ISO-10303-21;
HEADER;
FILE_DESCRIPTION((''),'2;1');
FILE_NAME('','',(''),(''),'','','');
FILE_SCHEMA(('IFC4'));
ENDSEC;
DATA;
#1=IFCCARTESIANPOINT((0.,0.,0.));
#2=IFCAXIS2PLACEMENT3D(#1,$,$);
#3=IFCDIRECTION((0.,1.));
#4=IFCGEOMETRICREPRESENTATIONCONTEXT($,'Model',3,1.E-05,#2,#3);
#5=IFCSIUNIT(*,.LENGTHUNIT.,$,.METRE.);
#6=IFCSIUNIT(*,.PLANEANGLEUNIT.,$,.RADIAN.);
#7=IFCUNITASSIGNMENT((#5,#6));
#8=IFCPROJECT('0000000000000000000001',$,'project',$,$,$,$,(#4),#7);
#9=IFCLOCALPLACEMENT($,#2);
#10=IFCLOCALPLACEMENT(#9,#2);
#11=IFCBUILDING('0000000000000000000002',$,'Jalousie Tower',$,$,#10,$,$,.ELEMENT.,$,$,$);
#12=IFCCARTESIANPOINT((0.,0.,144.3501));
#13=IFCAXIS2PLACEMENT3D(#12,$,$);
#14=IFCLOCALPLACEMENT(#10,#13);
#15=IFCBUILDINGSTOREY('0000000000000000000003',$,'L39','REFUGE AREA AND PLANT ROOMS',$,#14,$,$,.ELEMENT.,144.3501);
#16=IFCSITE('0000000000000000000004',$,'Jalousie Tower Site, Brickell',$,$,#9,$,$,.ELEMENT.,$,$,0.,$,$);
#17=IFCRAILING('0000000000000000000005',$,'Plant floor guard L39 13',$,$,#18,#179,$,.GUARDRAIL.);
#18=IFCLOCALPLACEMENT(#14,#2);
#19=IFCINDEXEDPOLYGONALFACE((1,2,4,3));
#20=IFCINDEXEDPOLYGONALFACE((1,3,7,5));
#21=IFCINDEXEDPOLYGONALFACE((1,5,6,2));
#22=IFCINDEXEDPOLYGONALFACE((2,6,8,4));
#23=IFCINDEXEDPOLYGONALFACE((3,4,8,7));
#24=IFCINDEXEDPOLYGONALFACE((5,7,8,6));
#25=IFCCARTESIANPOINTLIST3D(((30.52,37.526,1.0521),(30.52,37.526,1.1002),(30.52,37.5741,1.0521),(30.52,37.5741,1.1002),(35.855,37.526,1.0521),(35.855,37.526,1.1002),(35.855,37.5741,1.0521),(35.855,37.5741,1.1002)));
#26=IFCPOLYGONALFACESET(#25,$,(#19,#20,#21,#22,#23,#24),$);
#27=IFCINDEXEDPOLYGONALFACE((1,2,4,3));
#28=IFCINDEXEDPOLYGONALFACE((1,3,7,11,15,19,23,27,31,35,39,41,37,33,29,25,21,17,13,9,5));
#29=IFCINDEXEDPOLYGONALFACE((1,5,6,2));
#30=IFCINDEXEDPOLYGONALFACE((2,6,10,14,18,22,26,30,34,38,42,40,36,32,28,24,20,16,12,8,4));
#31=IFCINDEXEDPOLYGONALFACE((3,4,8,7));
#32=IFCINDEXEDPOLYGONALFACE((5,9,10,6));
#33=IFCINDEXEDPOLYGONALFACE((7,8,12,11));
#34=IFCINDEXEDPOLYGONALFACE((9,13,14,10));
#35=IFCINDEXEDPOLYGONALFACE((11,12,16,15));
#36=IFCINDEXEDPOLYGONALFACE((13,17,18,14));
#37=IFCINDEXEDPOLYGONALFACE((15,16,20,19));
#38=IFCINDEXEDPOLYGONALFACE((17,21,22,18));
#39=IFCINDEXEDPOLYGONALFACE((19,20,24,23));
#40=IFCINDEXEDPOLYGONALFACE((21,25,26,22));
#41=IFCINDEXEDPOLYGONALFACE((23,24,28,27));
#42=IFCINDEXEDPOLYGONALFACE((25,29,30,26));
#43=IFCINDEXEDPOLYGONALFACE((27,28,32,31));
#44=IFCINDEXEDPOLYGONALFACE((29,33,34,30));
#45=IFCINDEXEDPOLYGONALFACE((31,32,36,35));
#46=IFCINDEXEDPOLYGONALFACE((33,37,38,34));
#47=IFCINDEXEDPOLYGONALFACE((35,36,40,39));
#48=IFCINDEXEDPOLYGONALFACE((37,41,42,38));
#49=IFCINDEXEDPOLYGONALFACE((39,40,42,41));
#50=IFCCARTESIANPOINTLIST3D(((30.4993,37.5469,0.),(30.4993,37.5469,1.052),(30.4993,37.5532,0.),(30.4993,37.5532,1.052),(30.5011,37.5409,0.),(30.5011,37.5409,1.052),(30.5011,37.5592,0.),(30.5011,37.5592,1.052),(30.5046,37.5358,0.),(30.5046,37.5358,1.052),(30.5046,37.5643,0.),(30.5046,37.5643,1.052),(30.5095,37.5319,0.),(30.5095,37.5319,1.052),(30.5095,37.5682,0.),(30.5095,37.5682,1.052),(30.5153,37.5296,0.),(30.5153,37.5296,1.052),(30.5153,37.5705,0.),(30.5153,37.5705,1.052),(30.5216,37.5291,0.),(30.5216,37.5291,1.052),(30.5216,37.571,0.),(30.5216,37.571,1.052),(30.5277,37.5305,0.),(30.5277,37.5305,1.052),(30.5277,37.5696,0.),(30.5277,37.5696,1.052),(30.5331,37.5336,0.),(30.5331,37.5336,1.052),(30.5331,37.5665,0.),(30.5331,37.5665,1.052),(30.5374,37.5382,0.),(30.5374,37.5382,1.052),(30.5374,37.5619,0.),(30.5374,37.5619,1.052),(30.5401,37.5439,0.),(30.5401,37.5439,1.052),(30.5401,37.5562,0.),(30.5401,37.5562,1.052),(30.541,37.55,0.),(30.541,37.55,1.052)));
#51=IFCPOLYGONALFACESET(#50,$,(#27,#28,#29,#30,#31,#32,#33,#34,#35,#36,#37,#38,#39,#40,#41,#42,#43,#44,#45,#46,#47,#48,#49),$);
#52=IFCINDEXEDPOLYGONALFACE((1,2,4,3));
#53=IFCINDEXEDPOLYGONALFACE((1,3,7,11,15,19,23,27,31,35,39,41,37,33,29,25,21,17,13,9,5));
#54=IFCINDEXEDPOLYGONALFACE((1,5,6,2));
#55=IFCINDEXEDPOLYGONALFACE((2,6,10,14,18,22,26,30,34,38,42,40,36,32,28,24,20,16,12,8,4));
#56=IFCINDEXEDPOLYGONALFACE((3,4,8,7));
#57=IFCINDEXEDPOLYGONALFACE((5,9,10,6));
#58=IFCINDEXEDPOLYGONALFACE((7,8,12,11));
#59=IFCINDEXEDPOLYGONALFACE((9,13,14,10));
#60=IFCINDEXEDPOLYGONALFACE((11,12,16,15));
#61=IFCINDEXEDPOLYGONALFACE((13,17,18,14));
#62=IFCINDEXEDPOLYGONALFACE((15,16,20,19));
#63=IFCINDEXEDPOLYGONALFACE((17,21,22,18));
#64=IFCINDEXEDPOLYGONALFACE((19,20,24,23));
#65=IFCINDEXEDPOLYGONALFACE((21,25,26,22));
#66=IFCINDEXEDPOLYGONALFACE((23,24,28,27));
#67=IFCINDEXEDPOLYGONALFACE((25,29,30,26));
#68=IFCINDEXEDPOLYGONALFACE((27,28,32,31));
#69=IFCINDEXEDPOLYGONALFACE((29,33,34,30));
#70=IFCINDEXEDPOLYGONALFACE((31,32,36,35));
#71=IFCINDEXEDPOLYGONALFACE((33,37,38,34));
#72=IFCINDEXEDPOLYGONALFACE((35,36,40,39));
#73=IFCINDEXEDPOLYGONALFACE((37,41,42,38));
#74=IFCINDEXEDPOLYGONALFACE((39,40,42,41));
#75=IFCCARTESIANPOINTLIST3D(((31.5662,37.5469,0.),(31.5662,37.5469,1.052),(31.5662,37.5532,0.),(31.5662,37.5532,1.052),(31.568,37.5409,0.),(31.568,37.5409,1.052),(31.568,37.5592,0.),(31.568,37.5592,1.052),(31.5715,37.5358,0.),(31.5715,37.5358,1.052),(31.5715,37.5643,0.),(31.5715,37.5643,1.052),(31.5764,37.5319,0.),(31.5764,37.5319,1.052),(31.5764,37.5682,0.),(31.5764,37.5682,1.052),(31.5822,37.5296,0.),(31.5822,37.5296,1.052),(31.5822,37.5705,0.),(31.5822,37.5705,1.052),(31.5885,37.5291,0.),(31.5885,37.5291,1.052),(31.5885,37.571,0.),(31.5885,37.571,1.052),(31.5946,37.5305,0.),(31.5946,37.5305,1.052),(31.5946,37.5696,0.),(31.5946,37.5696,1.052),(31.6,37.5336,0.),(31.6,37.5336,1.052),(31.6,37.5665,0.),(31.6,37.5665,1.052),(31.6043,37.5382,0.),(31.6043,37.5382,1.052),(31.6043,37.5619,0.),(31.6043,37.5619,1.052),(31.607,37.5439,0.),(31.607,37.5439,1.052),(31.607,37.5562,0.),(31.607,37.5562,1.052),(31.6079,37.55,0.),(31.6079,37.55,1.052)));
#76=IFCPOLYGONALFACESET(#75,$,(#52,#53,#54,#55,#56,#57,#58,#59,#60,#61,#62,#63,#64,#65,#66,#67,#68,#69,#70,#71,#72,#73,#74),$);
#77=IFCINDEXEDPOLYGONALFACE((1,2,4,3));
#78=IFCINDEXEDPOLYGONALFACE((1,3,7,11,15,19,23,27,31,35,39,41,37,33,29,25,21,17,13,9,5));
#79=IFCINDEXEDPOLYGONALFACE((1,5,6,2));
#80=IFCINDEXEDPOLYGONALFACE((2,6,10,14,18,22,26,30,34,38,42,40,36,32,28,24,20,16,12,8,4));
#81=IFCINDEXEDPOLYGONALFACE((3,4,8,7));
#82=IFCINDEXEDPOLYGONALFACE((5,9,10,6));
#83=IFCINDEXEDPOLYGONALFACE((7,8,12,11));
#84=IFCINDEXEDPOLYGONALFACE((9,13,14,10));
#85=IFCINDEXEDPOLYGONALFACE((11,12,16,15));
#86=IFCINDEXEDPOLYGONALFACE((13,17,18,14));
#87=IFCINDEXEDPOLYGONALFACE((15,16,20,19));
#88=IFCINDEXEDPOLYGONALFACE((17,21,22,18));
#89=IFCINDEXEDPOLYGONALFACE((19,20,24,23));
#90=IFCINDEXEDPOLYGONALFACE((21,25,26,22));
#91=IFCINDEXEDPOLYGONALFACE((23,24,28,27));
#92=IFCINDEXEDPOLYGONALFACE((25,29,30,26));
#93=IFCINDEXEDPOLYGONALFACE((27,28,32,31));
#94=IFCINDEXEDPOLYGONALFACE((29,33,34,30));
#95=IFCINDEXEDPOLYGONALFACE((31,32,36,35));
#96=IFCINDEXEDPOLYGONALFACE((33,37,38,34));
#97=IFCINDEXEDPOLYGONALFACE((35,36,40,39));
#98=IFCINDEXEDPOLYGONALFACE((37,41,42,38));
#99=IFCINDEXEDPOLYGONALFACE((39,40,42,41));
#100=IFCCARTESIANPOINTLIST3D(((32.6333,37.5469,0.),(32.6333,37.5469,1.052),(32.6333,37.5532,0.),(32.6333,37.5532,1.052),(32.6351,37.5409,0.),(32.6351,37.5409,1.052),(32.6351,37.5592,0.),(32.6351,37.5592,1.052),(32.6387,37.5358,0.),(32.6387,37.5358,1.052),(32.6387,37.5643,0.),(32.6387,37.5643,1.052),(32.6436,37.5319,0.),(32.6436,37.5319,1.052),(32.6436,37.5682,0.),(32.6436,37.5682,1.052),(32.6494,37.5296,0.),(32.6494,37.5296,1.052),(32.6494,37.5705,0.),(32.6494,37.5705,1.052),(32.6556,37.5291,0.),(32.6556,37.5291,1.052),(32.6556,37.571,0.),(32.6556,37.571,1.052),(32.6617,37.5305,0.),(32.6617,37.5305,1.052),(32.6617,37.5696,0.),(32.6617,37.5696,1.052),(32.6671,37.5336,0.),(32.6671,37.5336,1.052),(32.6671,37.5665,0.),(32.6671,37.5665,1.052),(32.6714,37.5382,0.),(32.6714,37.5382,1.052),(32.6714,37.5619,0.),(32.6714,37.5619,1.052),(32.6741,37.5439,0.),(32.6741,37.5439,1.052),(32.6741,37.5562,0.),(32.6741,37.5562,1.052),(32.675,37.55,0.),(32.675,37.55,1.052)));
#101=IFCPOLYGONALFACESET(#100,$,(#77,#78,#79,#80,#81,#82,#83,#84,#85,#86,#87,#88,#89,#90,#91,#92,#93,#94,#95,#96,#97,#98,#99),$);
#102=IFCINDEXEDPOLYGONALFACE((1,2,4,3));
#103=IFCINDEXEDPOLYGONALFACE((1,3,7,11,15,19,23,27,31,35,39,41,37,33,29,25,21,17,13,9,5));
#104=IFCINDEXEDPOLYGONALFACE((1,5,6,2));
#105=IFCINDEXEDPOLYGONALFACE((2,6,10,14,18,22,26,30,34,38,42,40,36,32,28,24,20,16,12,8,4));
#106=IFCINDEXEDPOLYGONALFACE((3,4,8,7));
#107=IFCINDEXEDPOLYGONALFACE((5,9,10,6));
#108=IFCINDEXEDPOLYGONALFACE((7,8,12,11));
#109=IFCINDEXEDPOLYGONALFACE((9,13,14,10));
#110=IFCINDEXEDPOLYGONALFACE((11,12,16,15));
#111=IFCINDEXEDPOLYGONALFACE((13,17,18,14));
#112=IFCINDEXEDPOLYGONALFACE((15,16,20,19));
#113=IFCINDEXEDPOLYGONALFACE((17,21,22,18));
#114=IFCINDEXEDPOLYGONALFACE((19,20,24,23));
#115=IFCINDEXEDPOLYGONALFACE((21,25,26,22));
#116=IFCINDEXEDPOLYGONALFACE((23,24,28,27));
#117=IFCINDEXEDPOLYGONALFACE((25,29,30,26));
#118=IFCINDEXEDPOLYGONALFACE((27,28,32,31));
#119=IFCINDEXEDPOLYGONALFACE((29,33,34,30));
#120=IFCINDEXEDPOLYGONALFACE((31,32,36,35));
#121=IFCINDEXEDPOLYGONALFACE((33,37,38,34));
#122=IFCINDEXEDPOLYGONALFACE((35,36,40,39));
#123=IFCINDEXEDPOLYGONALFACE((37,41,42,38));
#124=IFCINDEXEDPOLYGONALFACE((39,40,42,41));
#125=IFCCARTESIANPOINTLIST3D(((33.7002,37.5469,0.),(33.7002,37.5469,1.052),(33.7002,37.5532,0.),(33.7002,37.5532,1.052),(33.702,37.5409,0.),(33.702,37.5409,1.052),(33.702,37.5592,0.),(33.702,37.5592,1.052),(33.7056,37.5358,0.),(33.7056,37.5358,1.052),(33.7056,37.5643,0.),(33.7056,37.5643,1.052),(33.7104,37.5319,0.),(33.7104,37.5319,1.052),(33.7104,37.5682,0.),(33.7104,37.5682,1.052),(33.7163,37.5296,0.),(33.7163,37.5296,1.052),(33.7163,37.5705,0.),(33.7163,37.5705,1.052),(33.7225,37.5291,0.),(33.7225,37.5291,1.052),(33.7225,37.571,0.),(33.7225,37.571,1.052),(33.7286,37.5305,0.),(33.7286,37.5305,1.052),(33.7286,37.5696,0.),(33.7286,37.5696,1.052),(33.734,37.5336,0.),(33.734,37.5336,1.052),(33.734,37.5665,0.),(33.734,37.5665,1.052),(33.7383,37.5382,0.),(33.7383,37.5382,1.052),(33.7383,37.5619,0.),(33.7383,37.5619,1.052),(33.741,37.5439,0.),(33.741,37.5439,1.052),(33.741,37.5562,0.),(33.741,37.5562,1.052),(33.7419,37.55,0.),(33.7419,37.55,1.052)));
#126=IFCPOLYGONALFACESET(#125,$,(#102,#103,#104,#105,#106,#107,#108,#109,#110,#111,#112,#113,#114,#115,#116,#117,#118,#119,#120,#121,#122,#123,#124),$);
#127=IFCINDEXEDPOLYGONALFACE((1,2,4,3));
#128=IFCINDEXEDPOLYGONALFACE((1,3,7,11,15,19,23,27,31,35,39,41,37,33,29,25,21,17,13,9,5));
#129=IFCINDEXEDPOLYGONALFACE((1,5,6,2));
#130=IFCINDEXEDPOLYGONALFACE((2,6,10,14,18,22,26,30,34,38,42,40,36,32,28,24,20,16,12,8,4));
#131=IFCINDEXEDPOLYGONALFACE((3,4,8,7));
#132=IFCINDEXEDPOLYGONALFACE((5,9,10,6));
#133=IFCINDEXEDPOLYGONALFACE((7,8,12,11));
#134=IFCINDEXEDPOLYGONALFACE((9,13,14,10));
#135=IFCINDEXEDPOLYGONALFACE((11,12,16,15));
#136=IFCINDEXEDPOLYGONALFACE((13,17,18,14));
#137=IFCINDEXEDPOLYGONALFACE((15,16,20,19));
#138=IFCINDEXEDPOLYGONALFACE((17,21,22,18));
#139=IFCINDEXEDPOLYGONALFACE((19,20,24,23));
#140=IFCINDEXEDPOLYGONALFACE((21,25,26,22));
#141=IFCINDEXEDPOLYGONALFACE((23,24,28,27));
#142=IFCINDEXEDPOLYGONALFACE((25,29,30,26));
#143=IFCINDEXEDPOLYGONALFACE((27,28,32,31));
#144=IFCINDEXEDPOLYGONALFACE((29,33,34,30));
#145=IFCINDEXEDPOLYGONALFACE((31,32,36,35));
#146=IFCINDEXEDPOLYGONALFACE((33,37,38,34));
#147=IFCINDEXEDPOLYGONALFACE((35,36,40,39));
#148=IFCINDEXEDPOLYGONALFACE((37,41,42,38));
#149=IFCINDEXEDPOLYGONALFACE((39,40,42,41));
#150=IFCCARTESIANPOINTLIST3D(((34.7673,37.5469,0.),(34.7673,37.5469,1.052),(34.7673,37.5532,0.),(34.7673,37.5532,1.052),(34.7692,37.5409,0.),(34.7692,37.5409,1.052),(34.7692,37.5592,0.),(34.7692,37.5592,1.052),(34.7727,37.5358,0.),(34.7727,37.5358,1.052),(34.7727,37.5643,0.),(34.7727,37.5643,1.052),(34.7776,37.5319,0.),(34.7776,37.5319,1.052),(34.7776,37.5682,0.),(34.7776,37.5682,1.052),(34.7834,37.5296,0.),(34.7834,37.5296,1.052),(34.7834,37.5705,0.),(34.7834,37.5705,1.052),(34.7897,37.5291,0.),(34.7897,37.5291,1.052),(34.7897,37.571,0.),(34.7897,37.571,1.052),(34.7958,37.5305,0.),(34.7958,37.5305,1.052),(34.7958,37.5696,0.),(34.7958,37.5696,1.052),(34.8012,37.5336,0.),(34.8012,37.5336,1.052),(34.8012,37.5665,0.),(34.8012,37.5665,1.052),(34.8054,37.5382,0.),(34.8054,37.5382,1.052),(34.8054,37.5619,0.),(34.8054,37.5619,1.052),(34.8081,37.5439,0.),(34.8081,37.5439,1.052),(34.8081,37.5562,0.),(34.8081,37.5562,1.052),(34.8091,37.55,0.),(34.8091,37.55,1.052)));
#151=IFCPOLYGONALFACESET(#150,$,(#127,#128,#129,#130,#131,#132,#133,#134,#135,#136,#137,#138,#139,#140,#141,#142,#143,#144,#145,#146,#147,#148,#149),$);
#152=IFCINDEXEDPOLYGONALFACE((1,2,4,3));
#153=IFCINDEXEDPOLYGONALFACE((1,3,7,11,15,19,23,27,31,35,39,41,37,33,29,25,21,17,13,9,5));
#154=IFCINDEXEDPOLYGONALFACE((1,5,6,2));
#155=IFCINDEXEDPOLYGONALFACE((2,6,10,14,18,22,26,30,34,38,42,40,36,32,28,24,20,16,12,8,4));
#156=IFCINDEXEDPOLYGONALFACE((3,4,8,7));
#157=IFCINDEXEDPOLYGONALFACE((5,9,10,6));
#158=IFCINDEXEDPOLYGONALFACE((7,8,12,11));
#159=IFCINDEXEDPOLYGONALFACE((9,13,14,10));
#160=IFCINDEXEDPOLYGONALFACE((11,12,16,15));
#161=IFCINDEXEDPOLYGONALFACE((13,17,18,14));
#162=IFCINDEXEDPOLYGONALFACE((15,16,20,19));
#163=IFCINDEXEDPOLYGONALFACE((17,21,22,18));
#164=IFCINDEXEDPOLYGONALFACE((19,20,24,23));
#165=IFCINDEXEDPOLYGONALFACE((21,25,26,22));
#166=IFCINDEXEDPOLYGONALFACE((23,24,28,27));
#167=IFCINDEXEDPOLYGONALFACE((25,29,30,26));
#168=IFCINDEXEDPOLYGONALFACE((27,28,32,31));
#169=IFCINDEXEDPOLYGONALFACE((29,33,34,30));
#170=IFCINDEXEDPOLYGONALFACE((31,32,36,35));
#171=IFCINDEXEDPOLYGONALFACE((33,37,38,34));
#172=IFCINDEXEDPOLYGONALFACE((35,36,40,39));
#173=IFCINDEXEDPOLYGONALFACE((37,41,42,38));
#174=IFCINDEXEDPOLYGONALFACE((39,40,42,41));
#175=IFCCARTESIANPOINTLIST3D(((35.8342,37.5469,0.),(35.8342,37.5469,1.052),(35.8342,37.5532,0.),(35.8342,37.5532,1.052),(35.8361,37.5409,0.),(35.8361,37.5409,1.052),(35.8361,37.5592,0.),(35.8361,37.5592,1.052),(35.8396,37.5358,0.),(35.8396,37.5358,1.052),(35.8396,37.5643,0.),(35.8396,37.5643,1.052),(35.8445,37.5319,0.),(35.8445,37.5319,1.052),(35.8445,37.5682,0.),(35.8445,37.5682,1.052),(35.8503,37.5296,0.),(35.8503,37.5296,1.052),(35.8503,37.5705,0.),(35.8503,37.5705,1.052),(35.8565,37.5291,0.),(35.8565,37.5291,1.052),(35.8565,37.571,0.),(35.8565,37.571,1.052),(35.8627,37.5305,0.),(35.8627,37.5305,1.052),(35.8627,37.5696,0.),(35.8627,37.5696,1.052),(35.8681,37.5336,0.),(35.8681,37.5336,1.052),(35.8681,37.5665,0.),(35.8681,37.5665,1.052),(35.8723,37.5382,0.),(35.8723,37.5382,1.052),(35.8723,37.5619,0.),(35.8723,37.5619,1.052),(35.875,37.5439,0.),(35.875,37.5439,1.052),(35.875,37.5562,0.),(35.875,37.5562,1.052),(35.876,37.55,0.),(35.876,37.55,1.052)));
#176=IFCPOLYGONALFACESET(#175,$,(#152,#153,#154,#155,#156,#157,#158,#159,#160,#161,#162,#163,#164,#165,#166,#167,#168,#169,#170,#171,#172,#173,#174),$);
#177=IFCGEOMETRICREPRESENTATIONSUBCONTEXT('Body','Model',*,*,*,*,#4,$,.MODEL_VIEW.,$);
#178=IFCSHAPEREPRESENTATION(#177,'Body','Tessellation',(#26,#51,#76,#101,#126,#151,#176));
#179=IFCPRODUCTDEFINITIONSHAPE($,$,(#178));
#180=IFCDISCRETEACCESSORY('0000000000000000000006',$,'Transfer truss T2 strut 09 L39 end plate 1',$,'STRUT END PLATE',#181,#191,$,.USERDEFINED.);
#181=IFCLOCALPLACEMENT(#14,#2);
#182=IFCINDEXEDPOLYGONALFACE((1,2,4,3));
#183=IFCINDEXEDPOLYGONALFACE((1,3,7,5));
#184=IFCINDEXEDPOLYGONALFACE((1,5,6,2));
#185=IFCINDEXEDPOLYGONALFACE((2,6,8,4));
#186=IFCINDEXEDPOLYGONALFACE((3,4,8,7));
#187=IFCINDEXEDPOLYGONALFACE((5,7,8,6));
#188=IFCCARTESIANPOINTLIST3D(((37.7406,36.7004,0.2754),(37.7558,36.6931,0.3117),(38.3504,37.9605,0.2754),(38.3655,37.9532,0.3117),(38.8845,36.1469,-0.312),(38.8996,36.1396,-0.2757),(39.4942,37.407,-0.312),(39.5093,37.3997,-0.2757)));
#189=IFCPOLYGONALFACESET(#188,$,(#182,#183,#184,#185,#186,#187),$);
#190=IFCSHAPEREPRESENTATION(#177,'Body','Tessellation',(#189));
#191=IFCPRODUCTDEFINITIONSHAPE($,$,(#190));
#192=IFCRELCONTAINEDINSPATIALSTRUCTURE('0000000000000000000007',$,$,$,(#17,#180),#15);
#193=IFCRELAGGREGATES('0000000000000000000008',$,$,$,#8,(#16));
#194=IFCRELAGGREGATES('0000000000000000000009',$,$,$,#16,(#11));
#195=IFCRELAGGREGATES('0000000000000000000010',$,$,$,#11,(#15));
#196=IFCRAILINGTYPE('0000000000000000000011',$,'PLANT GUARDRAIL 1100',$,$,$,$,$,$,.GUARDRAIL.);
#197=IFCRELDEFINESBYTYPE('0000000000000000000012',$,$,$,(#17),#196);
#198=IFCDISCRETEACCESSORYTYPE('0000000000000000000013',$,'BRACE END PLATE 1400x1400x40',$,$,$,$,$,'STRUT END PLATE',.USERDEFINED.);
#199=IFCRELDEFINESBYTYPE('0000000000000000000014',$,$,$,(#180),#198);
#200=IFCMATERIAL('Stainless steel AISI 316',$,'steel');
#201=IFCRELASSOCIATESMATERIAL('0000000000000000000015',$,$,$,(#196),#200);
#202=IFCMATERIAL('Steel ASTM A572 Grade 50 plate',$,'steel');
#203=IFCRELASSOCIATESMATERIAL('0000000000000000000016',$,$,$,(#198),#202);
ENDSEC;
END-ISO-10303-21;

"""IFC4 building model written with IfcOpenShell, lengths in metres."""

from ifc_helpers import new_model, si_unit, direction, frame, origin, origin_2d, place, context, subcontext, project, spatial, rectangle, circle, extrude, material, material_profile, profile_set, type_object, element, save


model = new_model("IFC4")

# Units and contexts
model_context = context("Model", 3, precision=1e-05, world=origin(), true_north=direction((0.0, 1.0)))
body_context = subcontext(model_context, "Body", "Model", "MODEL_VIEW")
ifc_project = project(units=[si_unit("LENGTHUNIT", "METRE"), si_unit("PLANEANGLEUNIT", "RADIAN")], contexts=[model_context])

# Site, building, storey
site_placement = place(None, origin())
site = spatial("IfcSite", under=ifc_project, at=site_placement, Name="Jalousie Tower Site, Brickell", CompositionType="ELEMENT", RefElevation=0.0)
building_placement = place(site_placement, origin())
building = spatial("IfcBuilding", under=site, at=building_placement, Name="Jalousie Tower", CompositionType="ELEMENT")
storey_placement = place(building_placement, frame((0.0, 0.0, 144.3501)))
storey = spatial("IfcBuildingStorey", under=building, at=storey_placement, Name="L39", Description="REFUGE AREA AND PLANT ROOMS", CompositionType="ELEMENT", Elevation=144.3501)

# Railing
ifc_material_1 = material(Name="Stainless steel AISI 316", Category="steel")
railing_type = type_object("IfcRailingType", Name="PLANT GUARDRAIL 1100", PredefinedType="GUARDRAIL", material=ifc_material_1)
railing_placement = place(storey_placement, frame((30.52, 37.55, 0.0)))
element("IfcRailing", 1, at=railing_placement, inside=storey, type_object=railing_type, Name="Plant floor guard L39 13", PredefinedType="GUARDRAIL", context=body_context, shape_type="SweptSolid", body=[
    extrude(rectangle(XDim=0.0481, YDim=0.0481, at=origin_2d()), frame((0.0, 0.0, 1.0762), z_axis=(1.0, 0.0, 0.0), x_axis=(0.0, 1.0, 0.0)), (0.0, 0.0, 1.0), 5.335),
    extrude(circle(Radius=0.021, at=origin_2d()), origin(), (0.0, 0.0, 1.0), 1.052),
    extrude(circle(Radius=0.021, at=origin_2d()), frame((1.0669, 0.0, 0.0)), (0.0, 0.0, 1.0), 1.052),
    extrude(circle(Radius=0.021, at=origin_2d()), frame((2.134, 0.0, 0.0)), (0.0, 0.0, 1.0), 1.052),
    extrude(circle(Radius=0.021, at=origin_2d()), frame((3.2009, 0.0, 0.0)), (0.0, 0.0, 1.0), 1.052),
    extrude(circle(Radius=0.021, at=origin_2d()), frame((4.2681, 0.0, 0.0)), (0.0, 0.0, 1.0), 1.052),
    extrude(circle(Radius=0.021, at=origin_2d()), frame((5.335, 0.0, 0.0)), (0.0, 0.0, 1.0), 1.052),
])

# Discrete accessory
ifc_material_2 = material(Name="Steel ASTM A572 Grade 50 plate", Category="steel")
ifc_material_profile_1 = material_profile(ifc_material_2, rectangle(XDim=1.3999, YDim=1.3999, at=origin_2d()), Name="BRACE END PLATE 1400x1400x40")
ifc_profile_set_1 = profile_set([ifc_material_profile_1], Name="Steel ASTM A572 Grade 50 plate")
discrete_accessory_type = type_object("IfcDiscreteAccessoryType", Name="BRACE END PLATE 1400x1400x40", ElementType="STRUT END PLATE", PredefinedType="USERDEFINED", material=ifc_profile_set_1)
discrete_accessory_placement = place(storey_placement, frame((38.6174, 37.0537, -0.0183), z_axis=(0.377705, -0.18276, 0.90771), x_axis=(0.435561, 0.900159, 0.0)))
element("IfcDiscreteAccessory", 2, at=discrete_accessory_placement, inside=storey, type_object=discrete_accessory_type, Name="Transfer truss T2 strut 09 L39 end plate 1", ObjectType="STRUT END PLATE", PredefinedType="USERDEFINED", context=body_context, shape_type="SweptSolid", body=[
    extrude(rectangle(XDim=1.3999, YDim=1.3999, at=origin_2d()), origin(), (0.0, 0.0, 1.0), 0.04),
])

save(model, "model.ifc")
